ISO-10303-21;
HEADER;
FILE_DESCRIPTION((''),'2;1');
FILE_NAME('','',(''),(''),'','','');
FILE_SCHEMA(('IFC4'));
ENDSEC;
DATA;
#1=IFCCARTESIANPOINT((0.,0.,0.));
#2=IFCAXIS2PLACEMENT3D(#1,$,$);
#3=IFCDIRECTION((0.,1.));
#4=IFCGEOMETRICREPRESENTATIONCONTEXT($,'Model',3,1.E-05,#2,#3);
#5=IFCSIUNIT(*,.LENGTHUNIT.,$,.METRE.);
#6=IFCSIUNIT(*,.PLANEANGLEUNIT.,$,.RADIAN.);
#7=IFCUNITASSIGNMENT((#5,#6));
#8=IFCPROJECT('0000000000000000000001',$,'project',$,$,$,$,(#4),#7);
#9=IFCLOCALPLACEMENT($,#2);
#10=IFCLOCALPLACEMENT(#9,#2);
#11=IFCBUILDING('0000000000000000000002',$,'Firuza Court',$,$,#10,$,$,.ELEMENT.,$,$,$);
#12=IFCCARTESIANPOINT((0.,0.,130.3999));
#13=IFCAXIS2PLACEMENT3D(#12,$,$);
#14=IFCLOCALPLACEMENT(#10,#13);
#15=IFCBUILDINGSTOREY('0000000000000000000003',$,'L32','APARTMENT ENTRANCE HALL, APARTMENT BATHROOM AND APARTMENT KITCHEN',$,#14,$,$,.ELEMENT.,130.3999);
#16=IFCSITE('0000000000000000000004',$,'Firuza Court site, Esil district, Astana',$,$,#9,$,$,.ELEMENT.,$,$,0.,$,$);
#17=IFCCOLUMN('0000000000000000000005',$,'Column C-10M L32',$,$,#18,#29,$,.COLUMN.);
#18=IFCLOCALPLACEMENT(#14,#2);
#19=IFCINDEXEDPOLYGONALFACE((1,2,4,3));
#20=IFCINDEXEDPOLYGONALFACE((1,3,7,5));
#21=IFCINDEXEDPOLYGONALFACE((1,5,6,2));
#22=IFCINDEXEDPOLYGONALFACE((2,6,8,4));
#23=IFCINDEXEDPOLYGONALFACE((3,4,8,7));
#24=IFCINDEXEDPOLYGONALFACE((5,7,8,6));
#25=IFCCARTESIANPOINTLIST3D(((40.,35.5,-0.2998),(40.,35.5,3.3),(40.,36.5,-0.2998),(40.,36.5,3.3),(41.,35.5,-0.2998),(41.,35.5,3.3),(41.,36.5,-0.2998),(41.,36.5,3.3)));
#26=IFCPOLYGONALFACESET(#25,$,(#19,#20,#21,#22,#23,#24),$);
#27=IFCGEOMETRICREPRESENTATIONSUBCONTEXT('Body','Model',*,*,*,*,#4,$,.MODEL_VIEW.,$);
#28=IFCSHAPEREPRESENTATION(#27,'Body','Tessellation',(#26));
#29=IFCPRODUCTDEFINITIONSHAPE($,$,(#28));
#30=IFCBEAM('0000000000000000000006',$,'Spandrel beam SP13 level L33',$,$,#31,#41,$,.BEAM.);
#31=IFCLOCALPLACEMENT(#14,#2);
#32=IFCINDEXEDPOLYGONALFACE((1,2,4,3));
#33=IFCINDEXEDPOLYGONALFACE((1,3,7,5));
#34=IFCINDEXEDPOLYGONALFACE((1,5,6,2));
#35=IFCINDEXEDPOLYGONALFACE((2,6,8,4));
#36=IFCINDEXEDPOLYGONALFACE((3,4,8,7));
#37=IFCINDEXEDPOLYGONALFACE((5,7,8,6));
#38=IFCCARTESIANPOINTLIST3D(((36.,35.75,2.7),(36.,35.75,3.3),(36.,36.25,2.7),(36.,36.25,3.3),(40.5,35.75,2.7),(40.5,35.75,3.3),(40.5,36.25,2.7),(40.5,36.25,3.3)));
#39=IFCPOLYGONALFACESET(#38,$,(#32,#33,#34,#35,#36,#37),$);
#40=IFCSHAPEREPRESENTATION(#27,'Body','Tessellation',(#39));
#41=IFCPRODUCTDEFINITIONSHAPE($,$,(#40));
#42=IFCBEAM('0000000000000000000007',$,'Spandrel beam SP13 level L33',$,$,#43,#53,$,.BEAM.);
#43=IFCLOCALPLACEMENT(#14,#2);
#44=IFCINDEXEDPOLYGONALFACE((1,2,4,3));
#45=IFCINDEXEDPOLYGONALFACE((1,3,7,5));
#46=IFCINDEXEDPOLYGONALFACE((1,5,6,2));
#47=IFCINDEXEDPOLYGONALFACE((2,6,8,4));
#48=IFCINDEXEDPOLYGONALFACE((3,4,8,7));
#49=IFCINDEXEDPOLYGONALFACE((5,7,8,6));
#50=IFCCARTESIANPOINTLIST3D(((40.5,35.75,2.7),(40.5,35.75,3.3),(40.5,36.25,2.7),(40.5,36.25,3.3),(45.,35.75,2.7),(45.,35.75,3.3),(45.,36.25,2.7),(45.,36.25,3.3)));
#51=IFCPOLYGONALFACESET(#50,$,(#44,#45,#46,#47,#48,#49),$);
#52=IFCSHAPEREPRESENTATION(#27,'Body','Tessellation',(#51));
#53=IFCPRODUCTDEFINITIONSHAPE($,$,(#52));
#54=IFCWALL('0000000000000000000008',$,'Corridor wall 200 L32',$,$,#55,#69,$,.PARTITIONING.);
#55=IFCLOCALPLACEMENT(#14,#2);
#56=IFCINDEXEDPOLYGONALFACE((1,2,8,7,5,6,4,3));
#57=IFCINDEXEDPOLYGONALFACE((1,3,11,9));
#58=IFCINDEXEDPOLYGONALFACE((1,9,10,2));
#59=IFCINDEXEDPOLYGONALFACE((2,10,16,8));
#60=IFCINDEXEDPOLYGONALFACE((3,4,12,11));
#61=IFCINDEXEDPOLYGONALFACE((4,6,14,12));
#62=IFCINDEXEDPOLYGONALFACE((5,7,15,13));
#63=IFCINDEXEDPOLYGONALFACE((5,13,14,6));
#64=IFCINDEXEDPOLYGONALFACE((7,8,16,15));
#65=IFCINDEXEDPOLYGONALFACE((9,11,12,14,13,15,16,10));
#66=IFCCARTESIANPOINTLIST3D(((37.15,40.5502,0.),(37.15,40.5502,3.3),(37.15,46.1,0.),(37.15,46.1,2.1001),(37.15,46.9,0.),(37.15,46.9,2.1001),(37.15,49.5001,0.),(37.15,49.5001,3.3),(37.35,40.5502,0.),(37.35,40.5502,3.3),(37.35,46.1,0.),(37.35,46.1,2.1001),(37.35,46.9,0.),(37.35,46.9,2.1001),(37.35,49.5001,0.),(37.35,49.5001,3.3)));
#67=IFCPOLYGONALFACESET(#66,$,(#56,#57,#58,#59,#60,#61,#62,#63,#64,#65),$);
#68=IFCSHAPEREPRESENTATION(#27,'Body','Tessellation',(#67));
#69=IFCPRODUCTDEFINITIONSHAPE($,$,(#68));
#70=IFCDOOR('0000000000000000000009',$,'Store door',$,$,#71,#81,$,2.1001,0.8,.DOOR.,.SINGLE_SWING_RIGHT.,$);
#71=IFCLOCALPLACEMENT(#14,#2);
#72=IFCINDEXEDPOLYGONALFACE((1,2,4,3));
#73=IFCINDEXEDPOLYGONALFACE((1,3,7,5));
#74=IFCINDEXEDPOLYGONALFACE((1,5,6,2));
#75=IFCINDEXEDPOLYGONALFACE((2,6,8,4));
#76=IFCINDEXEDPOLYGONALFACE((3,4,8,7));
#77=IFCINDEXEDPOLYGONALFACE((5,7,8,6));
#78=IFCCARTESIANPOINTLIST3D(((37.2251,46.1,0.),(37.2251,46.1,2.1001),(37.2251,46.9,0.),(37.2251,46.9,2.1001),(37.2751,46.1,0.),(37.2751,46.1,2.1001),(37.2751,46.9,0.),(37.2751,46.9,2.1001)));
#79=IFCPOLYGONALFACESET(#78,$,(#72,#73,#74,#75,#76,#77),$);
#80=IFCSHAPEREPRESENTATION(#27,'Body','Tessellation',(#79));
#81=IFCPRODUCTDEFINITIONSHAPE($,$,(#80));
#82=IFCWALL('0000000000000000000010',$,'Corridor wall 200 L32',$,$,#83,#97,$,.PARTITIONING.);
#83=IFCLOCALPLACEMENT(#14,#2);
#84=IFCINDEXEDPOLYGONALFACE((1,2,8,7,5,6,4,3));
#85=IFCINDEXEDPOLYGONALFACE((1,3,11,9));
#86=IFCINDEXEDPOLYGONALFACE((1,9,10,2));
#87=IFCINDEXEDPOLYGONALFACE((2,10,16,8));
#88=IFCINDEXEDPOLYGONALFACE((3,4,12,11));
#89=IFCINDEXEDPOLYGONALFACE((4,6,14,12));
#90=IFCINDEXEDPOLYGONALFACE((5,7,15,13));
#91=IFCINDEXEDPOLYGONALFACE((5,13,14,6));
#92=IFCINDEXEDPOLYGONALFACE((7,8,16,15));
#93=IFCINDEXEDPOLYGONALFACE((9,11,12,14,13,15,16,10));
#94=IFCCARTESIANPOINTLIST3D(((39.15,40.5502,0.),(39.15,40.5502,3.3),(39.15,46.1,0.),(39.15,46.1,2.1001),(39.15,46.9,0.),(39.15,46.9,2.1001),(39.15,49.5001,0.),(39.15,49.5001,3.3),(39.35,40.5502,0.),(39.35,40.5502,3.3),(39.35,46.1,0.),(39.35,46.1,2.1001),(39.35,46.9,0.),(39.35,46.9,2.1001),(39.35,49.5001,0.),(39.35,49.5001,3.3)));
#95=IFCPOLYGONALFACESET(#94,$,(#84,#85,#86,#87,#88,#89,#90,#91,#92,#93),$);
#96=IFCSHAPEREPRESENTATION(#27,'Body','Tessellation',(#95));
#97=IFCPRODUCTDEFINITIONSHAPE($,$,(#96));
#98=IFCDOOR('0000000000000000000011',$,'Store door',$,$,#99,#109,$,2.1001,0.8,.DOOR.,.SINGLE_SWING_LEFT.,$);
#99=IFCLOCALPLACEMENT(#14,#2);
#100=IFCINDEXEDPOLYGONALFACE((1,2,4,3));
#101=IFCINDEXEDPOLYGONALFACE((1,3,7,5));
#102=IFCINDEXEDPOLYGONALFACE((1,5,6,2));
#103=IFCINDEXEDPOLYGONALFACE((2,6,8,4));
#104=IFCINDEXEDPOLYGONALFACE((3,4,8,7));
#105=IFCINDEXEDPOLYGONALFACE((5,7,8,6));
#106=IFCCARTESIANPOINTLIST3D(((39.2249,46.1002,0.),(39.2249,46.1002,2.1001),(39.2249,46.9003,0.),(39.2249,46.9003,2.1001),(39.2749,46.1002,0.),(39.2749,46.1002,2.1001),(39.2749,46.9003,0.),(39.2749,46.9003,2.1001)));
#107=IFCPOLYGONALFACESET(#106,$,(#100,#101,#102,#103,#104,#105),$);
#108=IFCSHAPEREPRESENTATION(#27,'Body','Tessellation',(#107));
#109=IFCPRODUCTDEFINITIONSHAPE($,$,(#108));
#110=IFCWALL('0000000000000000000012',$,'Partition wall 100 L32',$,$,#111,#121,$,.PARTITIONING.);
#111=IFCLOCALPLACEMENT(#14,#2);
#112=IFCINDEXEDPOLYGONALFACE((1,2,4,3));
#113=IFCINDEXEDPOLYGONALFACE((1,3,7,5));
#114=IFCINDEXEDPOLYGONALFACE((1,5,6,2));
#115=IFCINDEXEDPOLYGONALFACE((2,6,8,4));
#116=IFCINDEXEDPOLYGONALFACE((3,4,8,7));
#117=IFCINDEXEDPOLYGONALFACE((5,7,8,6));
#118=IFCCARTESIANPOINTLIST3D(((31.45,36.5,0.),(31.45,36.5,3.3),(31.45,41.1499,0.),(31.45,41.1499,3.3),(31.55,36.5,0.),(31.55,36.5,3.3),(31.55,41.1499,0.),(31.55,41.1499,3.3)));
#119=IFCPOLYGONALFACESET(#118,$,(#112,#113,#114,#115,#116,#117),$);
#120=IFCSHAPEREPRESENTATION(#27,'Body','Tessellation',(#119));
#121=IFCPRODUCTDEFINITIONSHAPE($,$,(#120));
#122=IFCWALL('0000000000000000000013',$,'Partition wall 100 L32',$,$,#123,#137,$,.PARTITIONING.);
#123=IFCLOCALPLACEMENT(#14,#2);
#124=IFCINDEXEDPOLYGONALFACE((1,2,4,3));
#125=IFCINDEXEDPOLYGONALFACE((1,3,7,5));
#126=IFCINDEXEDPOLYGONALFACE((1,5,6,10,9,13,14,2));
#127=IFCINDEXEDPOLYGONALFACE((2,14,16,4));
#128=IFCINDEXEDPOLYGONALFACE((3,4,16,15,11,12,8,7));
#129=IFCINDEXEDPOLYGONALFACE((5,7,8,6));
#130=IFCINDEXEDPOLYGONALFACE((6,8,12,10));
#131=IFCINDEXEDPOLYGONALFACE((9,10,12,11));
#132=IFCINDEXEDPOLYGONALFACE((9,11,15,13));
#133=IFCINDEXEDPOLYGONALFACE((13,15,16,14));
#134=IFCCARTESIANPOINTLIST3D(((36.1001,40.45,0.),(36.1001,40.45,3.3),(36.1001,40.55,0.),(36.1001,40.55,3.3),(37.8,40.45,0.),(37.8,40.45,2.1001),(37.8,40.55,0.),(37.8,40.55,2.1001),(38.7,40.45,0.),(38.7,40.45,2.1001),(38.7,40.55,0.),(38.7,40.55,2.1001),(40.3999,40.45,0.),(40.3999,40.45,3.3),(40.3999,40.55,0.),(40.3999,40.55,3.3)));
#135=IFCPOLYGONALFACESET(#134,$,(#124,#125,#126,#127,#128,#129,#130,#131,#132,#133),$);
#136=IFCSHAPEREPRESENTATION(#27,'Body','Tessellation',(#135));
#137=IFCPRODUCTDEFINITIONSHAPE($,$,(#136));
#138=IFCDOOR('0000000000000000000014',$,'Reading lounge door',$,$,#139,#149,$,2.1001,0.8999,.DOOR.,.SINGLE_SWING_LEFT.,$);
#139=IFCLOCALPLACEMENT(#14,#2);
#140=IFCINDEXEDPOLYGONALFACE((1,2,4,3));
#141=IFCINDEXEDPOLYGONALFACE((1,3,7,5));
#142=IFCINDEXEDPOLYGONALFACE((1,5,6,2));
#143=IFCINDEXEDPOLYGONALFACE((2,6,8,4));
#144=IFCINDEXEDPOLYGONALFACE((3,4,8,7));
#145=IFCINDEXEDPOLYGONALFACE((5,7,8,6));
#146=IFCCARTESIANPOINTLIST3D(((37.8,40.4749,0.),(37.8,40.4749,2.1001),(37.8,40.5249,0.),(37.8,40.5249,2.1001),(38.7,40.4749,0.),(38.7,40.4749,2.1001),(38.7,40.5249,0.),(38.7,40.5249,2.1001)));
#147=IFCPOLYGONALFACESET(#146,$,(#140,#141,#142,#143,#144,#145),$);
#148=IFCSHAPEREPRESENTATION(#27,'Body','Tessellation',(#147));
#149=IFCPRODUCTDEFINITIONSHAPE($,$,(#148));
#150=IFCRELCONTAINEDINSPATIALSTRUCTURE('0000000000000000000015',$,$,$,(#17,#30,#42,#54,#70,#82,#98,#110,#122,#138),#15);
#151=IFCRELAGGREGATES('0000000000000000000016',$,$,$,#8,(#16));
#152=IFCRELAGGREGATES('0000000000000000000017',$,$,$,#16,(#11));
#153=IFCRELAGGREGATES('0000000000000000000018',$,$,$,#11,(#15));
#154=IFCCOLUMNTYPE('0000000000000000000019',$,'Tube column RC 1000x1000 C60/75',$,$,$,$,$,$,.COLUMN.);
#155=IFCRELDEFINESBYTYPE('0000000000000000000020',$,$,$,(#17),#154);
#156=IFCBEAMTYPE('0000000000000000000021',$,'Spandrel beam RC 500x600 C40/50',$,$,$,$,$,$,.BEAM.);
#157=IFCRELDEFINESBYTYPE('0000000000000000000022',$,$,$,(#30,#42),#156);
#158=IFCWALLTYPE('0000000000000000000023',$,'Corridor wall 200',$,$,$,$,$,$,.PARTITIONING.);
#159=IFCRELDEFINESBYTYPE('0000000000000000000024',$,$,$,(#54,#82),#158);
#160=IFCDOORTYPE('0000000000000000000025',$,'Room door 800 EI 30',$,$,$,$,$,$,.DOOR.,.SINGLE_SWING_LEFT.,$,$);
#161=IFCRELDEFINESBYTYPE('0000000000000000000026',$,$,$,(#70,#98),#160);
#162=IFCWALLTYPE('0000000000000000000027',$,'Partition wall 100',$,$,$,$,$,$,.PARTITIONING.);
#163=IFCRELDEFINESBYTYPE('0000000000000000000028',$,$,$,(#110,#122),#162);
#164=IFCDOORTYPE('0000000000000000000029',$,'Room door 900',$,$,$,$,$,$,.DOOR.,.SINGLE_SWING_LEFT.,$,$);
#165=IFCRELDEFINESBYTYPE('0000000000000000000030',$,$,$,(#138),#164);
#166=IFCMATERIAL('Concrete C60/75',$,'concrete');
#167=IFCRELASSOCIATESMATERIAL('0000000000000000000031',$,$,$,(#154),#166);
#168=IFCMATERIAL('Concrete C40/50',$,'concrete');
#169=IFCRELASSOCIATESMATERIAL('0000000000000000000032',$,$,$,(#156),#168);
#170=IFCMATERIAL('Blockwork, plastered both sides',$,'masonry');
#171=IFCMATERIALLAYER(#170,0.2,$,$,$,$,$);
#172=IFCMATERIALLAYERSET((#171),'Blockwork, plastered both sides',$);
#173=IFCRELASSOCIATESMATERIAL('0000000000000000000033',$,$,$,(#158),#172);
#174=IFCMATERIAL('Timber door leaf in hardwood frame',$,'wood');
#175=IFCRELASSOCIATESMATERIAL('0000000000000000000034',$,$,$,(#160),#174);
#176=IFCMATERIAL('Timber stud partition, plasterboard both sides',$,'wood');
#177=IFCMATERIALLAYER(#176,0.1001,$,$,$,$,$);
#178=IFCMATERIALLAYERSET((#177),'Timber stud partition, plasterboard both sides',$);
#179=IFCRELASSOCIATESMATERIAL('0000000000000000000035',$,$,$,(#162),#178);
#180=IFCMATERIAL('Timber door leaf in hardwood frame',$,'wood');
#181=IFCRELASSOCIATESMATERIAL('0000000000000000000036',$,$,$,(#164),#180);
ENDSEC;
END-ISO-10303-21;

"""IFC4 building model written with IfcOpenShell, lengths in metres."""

from ifc_helpers import new_model, si_unit, direction, frame, frame_2d, origin, origin_2d, place, context, subcontext, project, spatial, rectangle, extrude, material, layer, layer_set, material_profile, profile_set, type_object, element, fill, save


model = new_model("IFC4")

# Units and contexts
model_context = context("Model", 3, precision=1e-05, world=origin(), true_north=direction((0.0, 1.0)))
body_context = subcontext(model_context, "Body", "Model", "MODEL_VIEW")
ifc_project = project(units=[si_unit("LENGTHUNIT", "METRE"), si_unit("PLANEANGLEUNIT", "RADIAN")], contexts=[model_context])

# Site, building, storey
site_placement = place(None, origin())
site = spatial("IfcSite", under=ifc_project, at=site_placement, Name="Firuza Court site, Esil district, Astana", CompositionType="ELEMENT", RefElevation=0.0)
building_placement = place(site_placement, origin())
building = spatial("IfcBuilding", under=site, at=building_placement, Name="Firuza Court", CompositionType="ELEMENT")
storey_placement = place(building_placement, frame((0.0, 0.0, 130.3999)))
storey = spatial("IfcBuildingStorey", under=building, at=storey_placement, Name="L32", Description="APARTMENT ENTRANCE HALL, APARTMENT BATHROOM AND APARTMENT KITCHEN", CompositionType="ELEMENT", Elevation=130.3999)

# Column
ifc_material_1 = material(Name="Concrete C60/75", Category="concrete")
ifc_material_profile_1 = material_profile(ifc_material_1, rectangle(XDim=1.0, YDim=1.0, at=origin_2d()), Name="RC 1000x1000")
ifc_profile_set_1 = profile_set([ifc_material_profile_1], Name="Concrete C60/75")
column_type = type_object("IfcColumnType", Name="Tube column RC 1000x1000 C60/75", PredefinedType="COLUMN", material=ifc_profile_set_1)
column_placement = place(storey_placement, frame((40.5, 36.0, -0.2998), z_axis=(0.0, 0.0, 1.0), x_axis=(1.0, 0.0, 0.0)))
element("IfcColumn", 1, at=column_placement, inside=storey, type_object=column_type, Name="Column C-10M L32", PredefinedType="COLUMN", context=body_context, shape_type="SweptSolid", body=[
    extrude(rectangle(XDim=1.0, YDim=1.0, at=origin_2d()), origin(), (0.0, 0.0, 1.0), 3.5999),
])

# Beams
ifc_material_2 = material(Name="Concrete C40/50", Category="concrete")
ifc_material_profile_2 = material_profile(ifc_material_2, rectangle(XDim=0.5, YDim=0.6001, at=origin_2d()), Name="RC 500x600")
ifc_profile_set_2 = profile_set([ifc_material_profile_2], Name="Concrete C40/50")
beam_type = type_object("IfcBeamType", Name="Spandrel beam RC 500x600 C40/50", PredefinedType="BEAM", material=ifc_profile_set_2)
for number, where, z_axis, x_axis, name in (
    (2, (36.0, 36.0, 3.0), (1.0, 0.0, 0.0), (0.0, 1.0, 0.0), "Spandrel beam SP13 level L33"),
    (3, (40.5, 36.0, 3.0), (1.0, 0.0, 0.0), (0.0, 1.0, 0.0), "Spandrel beam SP13 level L33"),
):
    element("IfcBeam", number, at=place(storey_placement, frame(where, z_axis=z_axis, x_axis=x_axis)), inside=storey, type_object=beam_type, Name=name, PredefinedType="BEAM", context=body_context, shape_type="SweptSolid", body=[
        extrude(rectangle(XDim=0.5, YDim=0.6001, at=origin_2d()), origin(), (0.0, 0.0, 1.0), 4.5),
    ])

# Walls, openings, doors
ifc_material_3 = material(Name="Blockwork, plastered both sides", Category="masonry")
ifc_layer_1 = layer(ifc_material_3, 0.2)
ifc_layer_set_1 = layer_set([ifc_layer_1], Name="Blockwork, plastered both sides")
wall_type_1 = type_object("IfcWallType", Name="Corridor wall 200", PredefinedType="PARTITIONING", material=ifc_layer_set_1)
wall_1_placement = place(storey_placement, frame((37.25, 40.55, 0.0), z_axis=(0.0, 0.0, 1.0), x_axis=(0.0, 1.0, 0.0)))
wall_1 = element("IfcWall", 4, at=wall_1_placement, inside=storey, type_object=wall_type_1, Name="Corridor wall 200 L32", PredefinedType="PARTITIONING", context=body_context, shape_type="SweptSolid", body=[
    extrude(rectangle(XDim=8.95, YDim=0.2, at=frame_2d((4.4751, 0.0))), origin(), (0.0, 0.0, 1.0), 3.3),
])
opening_1_placement = place(wall_1_placement, frame((5.55, 0.0, 0.0)))
opening_1 = element("IfcOpeningElement", 5, at=opening_1_placement, cuts=wall_1, PredefinedType="OPENING", context=body_context, shape_type="SweptSolid", body=[
    extrude(rectangle(XDim=0.8, YDim=2.1001, at=frame_2d((0.3999, 1.05))), frame((0.0, 0.1118, 0.0), z_axis=(0.0, -1.0, 0.0), x_axis=(1.0, 0.0, 0.0)), (0.0, 0.0, 1.0), 0.2239),
])
ifc_material_4 = material(Name="Timber door leaf in hardwood frame", Category="wood")
door_type_1 = type_object("IfcDoorType", Name="Room door 800 EI 30", OperationType="SINGLE_SWING_LEFT", PredefinedType="DOOR", material=ifc_material_4)
door_1_placement = place(opening_1_placement, origin())
door_1 = element("IfcDoor", 6, at=door_1_placement, inside=storey, type_object=door_type_1, Name="Store door", OperationType="SINGLE_SWING_RIGHT", OverallHeight=2.1001, OverallWidth=0.8, PredefinedType="DOOR", context=body_context, shape_type="SweptSolid", body=[
    extrude(rectangle(XDim=0.8, YDim=2.1001, at=frame_2d((0.3999, 1.05))), frame((0.0, 0.0249, 0.0), z_axis=(0.0, -1.0, 0.0), x_axis=(1.0, 0.0, 0.0)), (0.0, 0.0, 1.0), 0.05),
])
fill(opening_1, door_1)
wall_2_placement = place(storey_placement, frame((39.25, 40.55, 0.0), z_axis=(0.0, 0.0, 1.0), x_axis=(0.0, 1.0, 0.0)))
wall_2 = element("IfcWall", 7, at=wall_2_placement, inside=storey, type_object=wall_type_1, Name="Corridor wall 200 L32", PredefinedType="PARTITIONING", context=body_context, shape_type="SweptSolid", body=[
    extrude(rectangle(XDim=8.95, YDim=0.2, at=frame_2d((4.4751, 0.0))), origin(), (0.0, 0.0, 1.0), 3.3),
])
opening_2_placement = place(wall_2_placement, frame((5.55, 0.0, 0.0)))
opening_2 = element("IfcOpeningElement", 8, at=opening_2_placement, cuts=wall_2, PredefinedType="OPENING", context=body_context, shape_type="SweptSolid", body=[
    extrude(rectangle(XDim=0.8, YDim=2.1001, at=frame_2d((0.3999, 1.05))), frame((0.0, 0.1118, 0.0), z_axis=(0.0, -1.0, 0.0), x_axis=(1.0, 0.0, 0.0)), (0.0, 0.0, 1.0), 0.2239),
])
door_2_placement = place(opening_2_placement, frame((0.8, 0.0, 0.0), z_axis=(0.0, 0.0, 1.0), x_axis=(-1.0, 0.0, 0.0)))
door_2 = element("IfcDoor", 9, at=door_2_placement, inside=storey, type_object=door_type_1, Name="Store door", OperationType="SINGLE_SWING_LEFT", OverallHeight=2.1001, OverallWidth=0.8, PredefinedType="DOOR", context=body_context, shape_type="SweptSolid", body=[
    extrude(rectangle(XDim=0.8, YDim=2.1001, at=frame_2d((0.3999, 1.05))), frame((0.0, 0.0249, 0.0), z_axis=(0.0, -1.0, 0.0), x_axis=(1.0, 0.0, 0.0)), (0.0, 0.0, 1.0), 0.05),
])
fill(opening_2, door_2)

# Wall
ifc_material_5 = material(Name="Timber stud partition, plasterboard both sides", Category="wood")
ifc_layer_2 = layer(ifc_material_5, 0.1001)
ifc_layer_set_2 = layer_set([ifc_layer_2], Name="Timber stud partition, plasterboard both sides")
wall_type_2 = type_object("IfcWallType", Name="Partition wall 100", PredefinedType="PARTITIONING", material=ifc_layer_set_2)
wall_3_placement = place(storey_placement, frame((31.5, 36.5, 0.0), z_axis=(0.0, 0.0, 1.0), x_axis=(0.0, 1.0, 0.0)))
element("IfcWall", 10, at=wall_3_placement, inside=storey, type_object=wall_type_2, Name="Partition wall 100 L32", PredefinedType="PARTITIONING", context=body_context, shape_type="SweptSolid", body=[
    extrude(rectangle(XDim=4.6499, YDim=0.1001, at=frame_2d((2.325, 0.0))), origin(), (0.0, 0.0, 1.0), 3.3),
])

# Wall, opening, door
wall_4_placement = place(storey_placement, frame((36.1001, 40.5, 0.0), z_axis=(0.0, 0.0, 1.0), x_axis=(1.0, 0.0, 0.0)))
wall_4 = element("IfcWall", 11, at=wall_4_placement, inside=storey, type_object=wall_type_2, Name="Partition wall 100 L32", PredefinedType="PARTITIONING", context=body_context, shape_type="SweptSolid", body=[
    extrude(rectangle(XDim=4.2998, YDim=0.1001, at=frame_2d((2.1499, 0.0))), origin(), (0.0, 0.0, 1.0), 3.3),
])
opening_3_placement = place(wall_4_placement, frame((1.7, 0.0, 0.0)))
opening_3 = element("IfcOpeningElement", 12, at=opening_3_placement, cuts=wall_4, PredefinedType="OPENING", context=body_context, shape_type="SweptSolid", body=[
    extrude(rectangle(XDim=0.8999, YDim=2.1001, at=frame_2d((0.45, 1.05))), frame((0.0, 0.062, 0.0), z_axis=(0.0, -1.0, 0.0), x_axis=(1.0, 0.0, 0.0)), (0.0, 0.0, 1.0), 0.124),
])
ifc_material_6 = material(Name="Timber door leaf in hardwood frame", Category="wood")
door_type_2 = type_object("IfcDoorType", Name="Room door 900", OperationType="SINGLE_SWING_LEFT", PredefinedType="DOOR", material=ifc_material_6)
door_3_placement = place(opening_3_placement, origin())
door_3 = element("IfcDoor", 13, at=door_3_placement, inside=storey, type_object=door_type_2, Name="Reading lounge door", OperationType="SINGLE_SWING_LEFT", OverallHeight=2.1001, OverallWidth=0.8999, PredefinedType="DOOR", context=body_context, shape_type="SweptSolid", body=[
    extrude(rectangle(XDim=0.8999, YDim=2.1001, at=frame_2d((0.45, 1.05))), frame((0.0, 0.0249, 0.0), z_axis=(0.0, -1.0, 0.0), x_axis=(1.0, 0.0, 0.0)), (0.0, 0.0, 1.0), 0.05),
])
fill(opening_3, door_3)

save(model, "model.ifc")
